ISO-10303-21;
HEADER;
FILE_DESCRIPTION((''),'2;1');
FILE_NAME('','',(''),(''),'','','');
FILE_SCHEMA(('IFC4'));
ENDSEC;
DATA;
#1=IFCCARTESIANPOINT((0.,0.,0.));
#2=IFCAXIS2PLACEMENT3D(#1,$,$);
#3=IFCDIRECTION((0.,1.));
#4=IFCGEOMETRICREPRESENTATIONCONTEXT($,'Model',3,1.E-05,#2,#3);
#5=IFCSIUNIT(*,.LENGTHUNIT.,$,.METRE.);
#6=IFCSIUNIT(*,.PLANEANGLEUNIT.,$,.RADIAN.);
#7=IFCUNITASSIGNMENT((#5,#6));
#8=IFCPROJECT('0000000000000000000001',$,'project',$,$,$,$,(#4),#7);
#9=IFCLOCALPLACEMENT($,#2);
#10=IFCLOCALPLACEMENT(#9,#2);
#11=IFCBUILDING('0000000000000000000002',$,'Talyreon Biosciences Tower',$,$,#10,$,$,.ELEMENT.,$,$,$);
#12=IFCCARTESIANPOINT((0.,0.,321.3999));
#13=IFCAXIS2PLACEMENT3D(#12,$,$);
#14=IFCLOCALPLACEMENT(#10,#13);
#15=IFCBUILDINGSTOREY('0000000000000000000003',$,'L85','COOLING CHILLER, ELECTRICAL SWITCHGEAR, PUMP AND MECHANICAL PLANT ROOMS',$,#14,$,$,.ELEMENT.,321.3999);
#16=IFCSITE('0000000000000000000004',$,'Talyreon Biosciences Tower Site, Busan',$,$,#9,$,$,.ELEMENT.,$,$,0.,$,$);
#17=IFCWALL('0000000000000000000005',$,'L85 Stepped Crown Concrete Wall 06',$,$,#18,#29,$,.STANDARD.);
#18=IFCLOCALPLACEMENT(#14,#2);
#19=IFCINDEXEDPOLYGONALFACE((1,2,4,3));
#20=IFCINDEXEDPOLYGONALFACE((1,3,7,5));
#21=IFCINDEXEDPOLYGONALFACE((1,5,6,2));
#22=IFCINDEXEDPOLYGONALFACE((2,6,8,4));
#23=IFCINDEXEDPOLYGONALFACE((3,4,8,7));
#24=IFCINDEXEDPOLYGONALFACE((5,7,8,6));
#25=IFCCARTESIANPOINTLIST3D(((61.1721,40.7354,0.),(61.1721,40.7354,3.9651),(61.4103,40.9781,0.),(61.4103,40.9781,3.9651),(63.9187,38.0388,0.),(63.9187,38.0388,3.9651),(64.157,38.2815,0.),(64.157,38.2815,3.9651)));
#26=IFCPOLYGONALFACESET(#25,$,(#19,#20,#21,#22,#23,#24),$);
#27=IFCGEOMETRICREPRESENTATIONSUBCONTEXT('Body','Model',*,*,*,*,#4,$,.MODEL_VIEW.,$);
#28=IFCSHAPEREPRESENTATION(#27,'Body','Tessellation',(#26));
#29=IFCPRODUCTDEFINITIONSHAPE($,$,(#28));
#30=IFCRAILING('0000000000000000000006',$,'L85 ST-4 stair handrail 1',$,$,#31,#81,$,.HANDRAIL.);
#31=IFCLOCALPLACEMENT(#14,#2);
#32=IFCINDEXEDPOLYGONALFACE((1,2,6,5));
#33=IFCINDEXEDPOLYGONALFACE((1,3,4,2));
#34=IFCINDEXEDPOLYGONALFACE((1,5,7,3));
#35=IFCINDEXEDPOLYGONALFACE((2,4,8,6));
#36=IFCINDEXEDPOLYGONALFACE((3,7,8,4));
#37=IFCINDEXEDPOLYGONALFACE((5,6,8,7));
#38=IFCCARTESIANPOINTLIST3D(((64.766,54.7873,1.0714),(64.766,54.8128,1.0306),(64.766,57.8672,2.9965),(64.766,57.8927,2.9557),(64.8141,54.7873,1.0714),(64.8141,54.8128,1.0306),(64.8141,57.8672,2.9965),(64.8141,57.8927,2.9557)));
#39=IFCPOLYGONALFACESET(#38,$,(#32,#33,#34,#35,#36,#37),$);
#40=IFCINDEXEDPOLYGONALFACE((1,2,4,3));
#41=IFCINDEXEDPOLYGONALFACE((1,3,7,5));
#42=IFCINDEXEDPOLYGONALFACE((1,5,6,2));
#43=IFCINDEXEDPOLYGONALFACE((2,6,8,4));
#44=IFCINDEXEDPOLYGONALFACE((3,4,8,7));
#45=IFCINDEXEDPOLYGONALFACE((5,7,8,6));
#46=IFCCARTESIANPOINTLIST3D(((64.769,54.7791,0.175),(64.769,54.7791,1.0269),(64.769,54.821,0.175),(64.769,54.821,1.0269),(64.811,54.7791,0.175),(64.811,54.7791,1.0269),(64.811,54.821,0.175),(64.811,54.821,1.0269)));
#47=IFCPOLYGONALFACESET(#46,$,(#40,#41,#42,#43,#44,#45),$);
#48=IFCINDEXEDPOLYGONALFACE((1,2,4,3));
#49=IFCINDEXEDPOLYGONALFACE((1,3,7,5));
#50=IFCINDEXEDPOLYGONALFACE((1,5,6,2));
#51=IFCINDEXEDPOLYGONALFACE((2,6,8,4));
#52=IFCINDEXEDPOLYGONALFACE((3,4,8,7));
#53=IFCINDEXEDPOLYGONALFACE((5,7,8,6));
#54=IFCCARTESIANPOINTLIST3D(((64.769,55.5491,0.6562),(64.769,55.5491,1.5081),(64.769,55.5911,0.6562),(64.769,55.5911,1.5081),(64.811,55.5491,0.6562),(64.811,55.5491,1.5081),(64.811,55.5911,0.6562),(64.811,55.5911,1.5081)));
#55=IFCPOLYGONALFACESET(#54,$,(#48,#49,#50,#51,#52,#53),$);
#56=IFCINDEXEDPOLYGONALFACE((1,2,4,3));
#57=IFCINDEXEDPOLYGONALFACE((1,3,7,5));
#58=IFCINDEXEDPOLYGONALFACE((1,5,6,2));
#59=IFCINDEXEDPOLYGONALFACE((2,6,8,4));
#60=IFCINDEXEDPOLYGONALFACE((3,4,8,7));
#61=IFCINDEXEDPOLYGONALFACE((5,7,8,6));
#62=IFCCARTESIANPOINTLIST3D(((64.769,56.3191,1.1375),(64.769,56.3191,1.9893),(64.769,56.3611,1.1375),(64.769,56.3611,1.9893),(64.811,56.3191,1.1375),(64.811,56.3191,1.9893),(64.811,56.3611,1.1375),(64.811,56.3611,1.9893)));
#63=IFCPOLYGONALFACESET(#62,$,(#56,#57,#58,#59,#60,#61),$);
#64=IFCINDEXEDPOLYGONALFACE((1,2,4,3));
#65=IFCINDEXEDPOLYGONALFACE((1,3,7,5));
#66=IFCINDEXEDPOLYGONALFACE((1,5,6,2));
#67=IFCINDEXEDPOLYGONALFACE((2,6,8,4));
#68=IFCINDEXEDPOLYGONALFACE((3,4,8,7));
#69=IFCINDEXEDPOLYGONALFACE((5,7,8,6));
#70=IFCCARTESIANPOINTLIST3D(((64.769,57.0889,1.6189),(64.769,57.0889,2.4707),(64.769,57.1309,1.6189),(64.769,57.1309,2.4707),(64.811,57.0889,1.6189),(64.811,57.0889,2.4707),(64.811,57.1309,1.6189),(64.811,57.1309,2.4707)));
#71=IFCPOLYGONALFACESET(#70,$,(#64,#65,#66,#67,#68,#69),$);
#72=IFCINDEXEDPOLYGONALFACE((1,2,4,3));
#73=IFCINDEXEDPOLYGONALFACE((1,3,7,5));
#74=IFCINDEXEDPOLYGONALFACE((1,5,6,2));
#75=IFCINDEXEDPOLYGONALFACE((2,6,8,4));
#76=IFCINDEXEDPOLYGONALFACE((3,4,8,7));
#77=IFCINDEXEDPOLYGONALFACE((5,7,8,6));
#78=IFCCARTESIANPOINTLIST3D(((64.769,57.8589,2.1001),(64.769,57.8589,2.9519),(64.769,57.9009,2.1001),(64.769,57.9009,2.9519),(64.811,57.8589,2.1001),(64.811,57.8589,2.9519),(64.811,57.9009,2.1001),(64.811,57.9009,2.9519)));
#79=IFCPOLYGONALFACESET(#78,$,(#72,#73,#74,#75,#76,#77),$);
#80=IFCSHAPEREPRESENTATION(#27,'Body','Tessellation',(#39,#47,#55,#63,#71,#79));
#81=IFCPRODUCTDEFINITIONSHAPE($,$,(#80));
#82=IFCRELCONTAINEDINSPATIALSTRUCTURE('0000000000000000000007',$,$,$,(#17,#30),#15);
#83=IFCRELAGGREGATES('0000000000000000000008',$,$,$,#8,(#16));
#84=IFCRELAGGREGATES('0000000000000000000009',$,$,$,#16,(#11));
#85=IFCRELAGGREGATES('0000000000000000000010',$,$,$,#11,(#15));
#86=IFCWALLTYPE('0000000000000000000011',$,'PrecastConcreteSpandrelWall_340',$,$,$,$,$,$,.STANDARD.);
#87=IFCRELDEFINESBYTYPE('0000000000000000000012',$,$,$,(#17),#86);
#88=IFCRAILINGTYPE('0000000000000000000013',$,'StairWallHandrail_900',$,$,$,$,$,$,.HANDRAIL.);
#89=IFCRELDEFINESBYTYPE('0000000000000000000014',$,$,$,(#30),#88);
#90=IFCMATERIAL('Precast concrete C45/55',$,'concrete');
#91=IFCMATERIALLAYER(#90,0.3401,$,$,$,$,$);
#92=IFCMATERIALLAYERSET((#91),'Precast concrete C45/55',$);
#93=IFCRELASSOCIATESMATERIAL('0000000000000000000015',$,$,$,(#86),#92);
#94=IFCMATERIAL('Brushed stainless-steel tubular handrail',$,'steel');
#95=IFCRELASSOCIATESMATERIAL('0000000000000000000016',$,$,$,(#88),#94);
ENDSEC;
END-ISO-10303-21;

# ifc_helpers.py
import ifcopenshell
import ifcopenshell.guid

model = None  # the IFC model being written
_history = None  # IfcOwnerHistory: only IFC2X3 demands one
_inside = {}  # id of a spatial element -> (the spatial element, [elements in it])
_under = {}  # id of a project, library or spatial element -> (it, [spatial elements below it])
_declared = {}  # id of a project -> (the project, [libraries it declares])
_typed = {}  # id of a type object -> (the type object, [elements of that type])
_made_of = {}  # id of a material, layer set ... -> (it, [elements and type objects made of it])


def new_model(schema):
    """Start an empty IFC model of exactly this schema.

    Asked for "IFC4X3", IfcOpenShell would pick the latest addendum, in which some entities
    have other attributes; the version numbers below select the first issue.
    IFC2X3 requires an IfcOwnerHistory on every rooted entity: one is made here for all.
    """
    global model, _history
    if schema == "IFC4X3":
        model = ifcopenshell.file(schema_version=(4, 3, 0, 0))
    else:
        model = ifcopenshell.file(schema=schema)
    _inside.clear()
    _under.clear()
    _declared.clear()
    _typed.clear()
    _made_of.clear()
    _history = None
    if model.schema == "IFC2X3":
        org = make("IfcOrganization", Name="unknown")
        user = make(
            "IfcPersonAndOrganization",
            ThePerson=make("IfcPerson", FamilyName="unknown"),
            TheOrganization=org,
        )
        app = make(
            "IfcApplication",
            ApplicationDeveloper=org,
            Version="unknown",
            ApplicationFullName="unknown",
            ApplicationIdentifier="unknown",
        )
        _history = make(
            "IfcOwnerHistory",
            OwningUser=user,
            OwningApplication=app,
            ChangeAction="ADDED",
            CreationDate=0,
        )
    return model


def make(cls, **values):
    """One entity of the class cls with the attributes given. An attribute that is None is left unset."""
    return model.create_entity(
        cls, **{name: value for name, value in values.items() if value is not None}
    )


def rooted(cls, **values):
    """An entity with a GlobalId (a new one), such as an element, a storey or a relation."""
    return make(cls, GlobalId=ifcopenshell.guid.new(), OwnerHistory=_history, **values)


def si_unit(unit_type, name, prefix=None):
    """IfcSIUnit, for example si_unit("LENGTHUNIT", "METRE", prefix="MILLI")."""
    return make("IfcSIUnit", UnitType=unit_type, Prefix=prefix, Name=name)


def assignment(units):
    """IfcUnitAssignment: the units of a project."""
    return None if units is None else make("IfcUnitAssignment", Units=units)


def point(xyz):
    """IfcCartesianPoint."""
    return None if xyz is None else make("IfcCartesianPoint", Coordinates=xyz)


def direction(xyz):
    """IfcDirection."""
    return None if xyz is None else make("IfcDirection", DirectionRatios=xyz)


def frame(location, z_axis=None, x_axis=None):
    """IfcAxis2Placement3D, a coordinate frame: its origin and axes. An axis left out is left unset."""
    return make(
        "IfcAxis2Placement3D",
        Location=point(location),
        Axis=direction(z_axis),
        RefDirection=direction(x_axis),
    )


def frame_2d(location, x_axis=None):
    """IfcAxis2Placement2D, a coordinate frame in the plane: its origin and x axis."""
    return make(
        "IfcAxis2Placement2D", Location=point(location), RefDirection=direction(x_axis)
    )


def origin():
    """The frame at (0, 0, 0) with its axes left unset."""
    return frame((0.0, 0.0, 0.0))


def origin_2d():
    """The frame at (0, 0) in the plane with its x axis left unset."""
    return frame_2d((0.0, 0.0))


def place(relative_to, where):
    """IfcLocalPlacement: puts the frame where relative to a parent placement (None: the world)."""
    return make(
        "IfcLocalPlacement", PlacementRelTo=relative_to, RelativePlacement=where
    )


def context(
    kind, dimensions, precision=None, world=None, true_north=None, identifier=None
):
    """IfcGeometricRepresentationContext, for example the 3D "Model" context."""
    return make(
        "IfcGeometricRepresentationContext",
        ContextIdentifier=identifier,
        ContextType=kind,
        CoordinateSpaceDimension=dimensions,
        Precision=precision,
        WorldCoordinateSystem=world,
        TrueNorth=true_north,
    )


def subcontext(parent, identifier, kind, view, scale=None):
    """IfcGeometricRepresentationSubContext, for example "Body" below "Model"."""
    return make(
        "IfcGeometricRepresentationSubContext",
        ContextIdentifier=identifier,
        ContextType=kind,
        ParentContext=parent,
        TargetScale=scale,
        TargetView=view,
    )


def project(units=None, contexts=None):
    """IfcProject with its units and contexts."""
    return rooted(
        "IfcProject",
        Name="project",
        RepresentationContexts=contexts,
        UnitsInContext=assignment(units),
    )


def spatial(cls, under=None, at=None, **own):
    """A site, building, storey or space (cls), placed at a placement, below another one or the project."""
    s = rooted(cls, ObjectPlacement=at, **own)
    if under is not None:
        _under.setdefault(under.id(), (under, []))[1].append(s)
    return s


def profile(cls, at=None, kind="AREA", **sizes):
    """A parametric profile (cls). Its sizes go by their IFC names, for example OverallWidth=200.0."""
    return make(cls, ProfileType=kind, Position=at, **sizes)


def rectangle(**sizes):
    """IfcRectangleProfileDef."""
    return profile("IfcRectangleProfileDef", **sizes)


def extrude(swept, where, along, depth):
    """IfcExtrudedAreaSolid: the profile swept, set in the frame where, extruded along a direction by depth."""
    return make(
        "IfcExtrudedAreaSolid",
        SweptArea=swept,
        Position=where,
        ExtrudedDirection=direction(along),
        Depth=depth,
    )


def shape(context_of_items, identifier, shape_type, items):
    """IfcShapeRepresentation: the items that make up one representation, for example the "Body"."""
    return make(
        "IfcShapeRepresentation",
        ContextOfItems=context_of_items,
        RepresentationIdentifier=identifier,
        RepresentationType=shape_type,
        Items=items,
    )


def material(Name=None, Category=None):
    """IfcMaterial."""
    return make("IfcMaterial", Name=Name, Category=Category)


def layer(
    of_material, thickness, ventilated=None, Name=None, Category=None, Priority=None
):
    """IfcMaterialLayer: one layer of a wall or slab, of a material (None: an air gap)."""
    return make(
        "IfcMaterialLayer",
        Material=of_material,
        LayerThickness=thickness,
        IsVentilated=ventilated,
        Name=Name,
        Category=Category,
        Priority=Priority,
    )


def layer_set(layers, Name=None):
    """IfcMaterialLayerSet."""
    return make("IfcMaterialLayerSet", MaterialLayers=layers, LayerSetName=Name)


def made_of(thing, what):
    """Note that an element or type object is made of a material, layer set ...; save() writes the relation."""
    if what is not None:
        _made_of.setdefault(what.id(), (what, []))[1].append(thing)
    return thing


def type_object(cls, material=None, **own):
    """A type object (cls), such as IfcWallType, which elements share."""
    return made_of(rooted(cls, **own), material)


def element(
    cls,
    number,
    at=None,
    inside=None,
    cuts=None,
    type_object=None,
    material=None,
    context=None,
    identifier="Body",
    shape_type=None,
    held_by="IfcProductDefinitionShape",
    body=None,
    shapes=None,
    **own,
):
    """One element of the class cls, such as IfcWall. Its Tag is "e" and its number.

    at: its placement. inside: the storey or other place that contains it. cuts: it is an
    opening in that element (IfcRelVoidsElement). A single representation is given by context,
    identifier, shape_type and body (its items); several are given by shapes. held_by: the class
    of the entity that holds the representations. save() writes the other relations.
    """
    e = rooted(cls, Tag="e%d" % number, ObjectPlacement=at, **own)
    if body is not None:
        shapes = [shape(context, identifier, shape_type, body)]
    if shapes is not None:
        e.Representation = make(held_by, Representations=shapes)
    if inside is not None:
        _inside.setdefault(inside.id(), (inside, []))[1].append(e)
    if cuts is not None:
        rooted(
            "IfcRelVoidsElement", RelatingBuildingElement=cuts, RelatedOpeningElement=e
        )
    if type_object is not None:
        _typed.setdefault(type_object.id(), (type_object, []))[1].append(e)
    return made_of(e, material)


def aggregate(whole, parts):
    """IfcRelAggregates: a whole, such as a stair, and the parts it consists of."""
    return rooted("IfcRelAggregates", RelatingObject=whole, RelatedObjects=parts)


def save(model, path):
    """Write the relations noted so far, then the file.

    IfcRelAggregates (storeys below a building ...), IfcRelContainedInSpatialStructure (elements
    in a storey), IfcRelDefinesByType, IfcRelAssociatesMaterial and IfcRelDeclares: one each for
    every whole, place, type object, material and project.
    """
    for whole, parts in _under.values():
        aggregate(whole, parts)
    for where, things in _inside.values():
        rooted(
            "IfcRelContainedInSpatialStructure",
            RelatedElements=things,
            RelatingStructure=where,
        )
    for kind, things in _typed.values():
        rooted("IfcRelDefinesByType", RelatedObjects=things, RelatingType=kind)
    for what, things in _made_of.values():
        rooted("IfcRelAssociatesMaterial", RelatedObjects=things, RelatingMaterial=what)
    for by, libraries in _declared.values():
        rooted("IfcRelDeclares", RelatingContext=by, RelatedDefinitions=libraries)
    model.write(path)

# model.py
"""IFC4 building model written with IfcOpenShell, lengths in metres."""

from ifc_helpers import new_model, si_unit, direction, frame, frame_2d, origin, origin_2d, place, context, subcontext, project, spatial, rectangle, extrude, material, layer, layer_set, type_object, element, save


model = new_model("IFC4")

# Units and contexts
model_context = context("Model", 3, precision=1e-05, world=origin(), true_north=direction((0.0, 1.0)))
body_context = subcontext(model_context, "Body", "Model", "MODEL_VIEW")
ifc_project = project(units=[si_unit("LENGTHUNIT", "METRE"), si_unit("PLANEANGLEUNIT", "RADIAN")], contexts=[model_context])

# Site, building, storey
site_placement = place(None, origin())
site = spatial("IfcSite", under=ifc_project, at=site_placement, Name="Talyreon Biosciences Tower Site, Busan", CompositionType="ELEMENT", RefElevation=0.0)
building_placement = place(site_placement, origin())
building = spatial("IfcBuilding", under=site, at=building_placement, Name="Talyreon Biosciences Tower", CompositionType="ELEMENT")
storey_placement = place(building_placement, frame((0.0, 0.0, 321.3999)))
storey = spatial("IfcBuildingStorey", under=building, at=storey_placement, Name="L85", Description="COOLING CHILLER, ELECTRICAL SWITCHGEAR, PUMP AND MECHANICAL PLANT ROOMS", CompositionType="ELEMENT", Elevation=321.3999)

# Wall
ifc_material_1 = material(Name="Precast concrete C45/55", Category="concrete")
ifc_layer_1 = layer(ifc_material_1, 0.3401)
ifc_layer_set_1 = layer_set([ifc_layer_1], Name="Precast concrete C45/55")
wall_type_1 = type_object("IfcWallType", Name="PrecastConcreteSpandrelWall_340", PredefinedType="STANDARD", material=ifc_layer_set_1)
wall_1_placement = place(storey_placement, frame((64.0378, 38.1602, 0.0), z_axis=(0.0, 0.0, 1.0), x_axis=(-0.713578, 0.700575, 0.0)))
element("IfcWall", 1, at=wall_1_placement, inside=storey, type_object=wall_type_1, Name="L85 Stepped Crown Concrete Wall 06", PredefinedType="STANDARD", context=body_context, shape_type="SweptSolid", body=[
    extrude(rectangle(XDim=3.8491, YDim=0.3401, at=frame_2d((1.9246, 0.0))), origin(), (0.0, 0.0, 1.0), 3.9651),
])

# Railing
ifc_material_2 = material(Name="Brushed stainless-steel tubular handrail", Category="steel")
railing_type = type_object("IfcRailingType", Name="StairWallHandrail_900", PredefinedType="HANDRAIL", material=ifc_material_2)
railing_placement = place(storey_placement, frame((64.79, 54.8, 0.175)))
element("IfcRailing", 2, at=railing_placement, inside=storey, type_object=railing_type, Name="L85 ST-4 stair handrail 1", PredefinedType="HANDRAIL", context=body_context, shape_type="SweptSolid", body=[
    extrude(rectangle(XDim=0.0481, YDim=0.0481, at=origin_2d()), frame((0.0, 0.0, 0.876), z_axis=(0.0, 0.847979, 0.530029), x_axis=(-1.0, 0.0, 0.0)), (0.0, 0.0, 1.0), 3.6321),
    extrude(rectangle(XDim=0.042, YDim=0.042, at=origin_2d()), origin(), (0.0, 0.0, 1.0), 0.8518),
    extrude(rectangle(XDim=0.042, YDim=0.042, at=origin_2d()), frame((0.0, 0.77, 0.4812)), (0.0, 0.0, 1.0), 0.8518),
    extrude(rectangle(XDim=0.042, YDim=0.042, at=origin_2d()), frame((0.0, 1.54, 0.9624)), (0.0, 0.0, 1.0), 0.8518),
    extrude(rectangle(XDim=0.042, YDim=0.042, at=origin_2d()), frame((0.0, 2.3098, 1.4438)), (0.0, 0.0, 1.0), 0.8518),
    extrude(rectangle(XDim=0.042, YDim=0.042, at=origin_2d()), frame((0.0, 3.0798, 1.925)), (0.0, 0.0, 1.0), 0.8518),
])

save(model, "model.ifc")
